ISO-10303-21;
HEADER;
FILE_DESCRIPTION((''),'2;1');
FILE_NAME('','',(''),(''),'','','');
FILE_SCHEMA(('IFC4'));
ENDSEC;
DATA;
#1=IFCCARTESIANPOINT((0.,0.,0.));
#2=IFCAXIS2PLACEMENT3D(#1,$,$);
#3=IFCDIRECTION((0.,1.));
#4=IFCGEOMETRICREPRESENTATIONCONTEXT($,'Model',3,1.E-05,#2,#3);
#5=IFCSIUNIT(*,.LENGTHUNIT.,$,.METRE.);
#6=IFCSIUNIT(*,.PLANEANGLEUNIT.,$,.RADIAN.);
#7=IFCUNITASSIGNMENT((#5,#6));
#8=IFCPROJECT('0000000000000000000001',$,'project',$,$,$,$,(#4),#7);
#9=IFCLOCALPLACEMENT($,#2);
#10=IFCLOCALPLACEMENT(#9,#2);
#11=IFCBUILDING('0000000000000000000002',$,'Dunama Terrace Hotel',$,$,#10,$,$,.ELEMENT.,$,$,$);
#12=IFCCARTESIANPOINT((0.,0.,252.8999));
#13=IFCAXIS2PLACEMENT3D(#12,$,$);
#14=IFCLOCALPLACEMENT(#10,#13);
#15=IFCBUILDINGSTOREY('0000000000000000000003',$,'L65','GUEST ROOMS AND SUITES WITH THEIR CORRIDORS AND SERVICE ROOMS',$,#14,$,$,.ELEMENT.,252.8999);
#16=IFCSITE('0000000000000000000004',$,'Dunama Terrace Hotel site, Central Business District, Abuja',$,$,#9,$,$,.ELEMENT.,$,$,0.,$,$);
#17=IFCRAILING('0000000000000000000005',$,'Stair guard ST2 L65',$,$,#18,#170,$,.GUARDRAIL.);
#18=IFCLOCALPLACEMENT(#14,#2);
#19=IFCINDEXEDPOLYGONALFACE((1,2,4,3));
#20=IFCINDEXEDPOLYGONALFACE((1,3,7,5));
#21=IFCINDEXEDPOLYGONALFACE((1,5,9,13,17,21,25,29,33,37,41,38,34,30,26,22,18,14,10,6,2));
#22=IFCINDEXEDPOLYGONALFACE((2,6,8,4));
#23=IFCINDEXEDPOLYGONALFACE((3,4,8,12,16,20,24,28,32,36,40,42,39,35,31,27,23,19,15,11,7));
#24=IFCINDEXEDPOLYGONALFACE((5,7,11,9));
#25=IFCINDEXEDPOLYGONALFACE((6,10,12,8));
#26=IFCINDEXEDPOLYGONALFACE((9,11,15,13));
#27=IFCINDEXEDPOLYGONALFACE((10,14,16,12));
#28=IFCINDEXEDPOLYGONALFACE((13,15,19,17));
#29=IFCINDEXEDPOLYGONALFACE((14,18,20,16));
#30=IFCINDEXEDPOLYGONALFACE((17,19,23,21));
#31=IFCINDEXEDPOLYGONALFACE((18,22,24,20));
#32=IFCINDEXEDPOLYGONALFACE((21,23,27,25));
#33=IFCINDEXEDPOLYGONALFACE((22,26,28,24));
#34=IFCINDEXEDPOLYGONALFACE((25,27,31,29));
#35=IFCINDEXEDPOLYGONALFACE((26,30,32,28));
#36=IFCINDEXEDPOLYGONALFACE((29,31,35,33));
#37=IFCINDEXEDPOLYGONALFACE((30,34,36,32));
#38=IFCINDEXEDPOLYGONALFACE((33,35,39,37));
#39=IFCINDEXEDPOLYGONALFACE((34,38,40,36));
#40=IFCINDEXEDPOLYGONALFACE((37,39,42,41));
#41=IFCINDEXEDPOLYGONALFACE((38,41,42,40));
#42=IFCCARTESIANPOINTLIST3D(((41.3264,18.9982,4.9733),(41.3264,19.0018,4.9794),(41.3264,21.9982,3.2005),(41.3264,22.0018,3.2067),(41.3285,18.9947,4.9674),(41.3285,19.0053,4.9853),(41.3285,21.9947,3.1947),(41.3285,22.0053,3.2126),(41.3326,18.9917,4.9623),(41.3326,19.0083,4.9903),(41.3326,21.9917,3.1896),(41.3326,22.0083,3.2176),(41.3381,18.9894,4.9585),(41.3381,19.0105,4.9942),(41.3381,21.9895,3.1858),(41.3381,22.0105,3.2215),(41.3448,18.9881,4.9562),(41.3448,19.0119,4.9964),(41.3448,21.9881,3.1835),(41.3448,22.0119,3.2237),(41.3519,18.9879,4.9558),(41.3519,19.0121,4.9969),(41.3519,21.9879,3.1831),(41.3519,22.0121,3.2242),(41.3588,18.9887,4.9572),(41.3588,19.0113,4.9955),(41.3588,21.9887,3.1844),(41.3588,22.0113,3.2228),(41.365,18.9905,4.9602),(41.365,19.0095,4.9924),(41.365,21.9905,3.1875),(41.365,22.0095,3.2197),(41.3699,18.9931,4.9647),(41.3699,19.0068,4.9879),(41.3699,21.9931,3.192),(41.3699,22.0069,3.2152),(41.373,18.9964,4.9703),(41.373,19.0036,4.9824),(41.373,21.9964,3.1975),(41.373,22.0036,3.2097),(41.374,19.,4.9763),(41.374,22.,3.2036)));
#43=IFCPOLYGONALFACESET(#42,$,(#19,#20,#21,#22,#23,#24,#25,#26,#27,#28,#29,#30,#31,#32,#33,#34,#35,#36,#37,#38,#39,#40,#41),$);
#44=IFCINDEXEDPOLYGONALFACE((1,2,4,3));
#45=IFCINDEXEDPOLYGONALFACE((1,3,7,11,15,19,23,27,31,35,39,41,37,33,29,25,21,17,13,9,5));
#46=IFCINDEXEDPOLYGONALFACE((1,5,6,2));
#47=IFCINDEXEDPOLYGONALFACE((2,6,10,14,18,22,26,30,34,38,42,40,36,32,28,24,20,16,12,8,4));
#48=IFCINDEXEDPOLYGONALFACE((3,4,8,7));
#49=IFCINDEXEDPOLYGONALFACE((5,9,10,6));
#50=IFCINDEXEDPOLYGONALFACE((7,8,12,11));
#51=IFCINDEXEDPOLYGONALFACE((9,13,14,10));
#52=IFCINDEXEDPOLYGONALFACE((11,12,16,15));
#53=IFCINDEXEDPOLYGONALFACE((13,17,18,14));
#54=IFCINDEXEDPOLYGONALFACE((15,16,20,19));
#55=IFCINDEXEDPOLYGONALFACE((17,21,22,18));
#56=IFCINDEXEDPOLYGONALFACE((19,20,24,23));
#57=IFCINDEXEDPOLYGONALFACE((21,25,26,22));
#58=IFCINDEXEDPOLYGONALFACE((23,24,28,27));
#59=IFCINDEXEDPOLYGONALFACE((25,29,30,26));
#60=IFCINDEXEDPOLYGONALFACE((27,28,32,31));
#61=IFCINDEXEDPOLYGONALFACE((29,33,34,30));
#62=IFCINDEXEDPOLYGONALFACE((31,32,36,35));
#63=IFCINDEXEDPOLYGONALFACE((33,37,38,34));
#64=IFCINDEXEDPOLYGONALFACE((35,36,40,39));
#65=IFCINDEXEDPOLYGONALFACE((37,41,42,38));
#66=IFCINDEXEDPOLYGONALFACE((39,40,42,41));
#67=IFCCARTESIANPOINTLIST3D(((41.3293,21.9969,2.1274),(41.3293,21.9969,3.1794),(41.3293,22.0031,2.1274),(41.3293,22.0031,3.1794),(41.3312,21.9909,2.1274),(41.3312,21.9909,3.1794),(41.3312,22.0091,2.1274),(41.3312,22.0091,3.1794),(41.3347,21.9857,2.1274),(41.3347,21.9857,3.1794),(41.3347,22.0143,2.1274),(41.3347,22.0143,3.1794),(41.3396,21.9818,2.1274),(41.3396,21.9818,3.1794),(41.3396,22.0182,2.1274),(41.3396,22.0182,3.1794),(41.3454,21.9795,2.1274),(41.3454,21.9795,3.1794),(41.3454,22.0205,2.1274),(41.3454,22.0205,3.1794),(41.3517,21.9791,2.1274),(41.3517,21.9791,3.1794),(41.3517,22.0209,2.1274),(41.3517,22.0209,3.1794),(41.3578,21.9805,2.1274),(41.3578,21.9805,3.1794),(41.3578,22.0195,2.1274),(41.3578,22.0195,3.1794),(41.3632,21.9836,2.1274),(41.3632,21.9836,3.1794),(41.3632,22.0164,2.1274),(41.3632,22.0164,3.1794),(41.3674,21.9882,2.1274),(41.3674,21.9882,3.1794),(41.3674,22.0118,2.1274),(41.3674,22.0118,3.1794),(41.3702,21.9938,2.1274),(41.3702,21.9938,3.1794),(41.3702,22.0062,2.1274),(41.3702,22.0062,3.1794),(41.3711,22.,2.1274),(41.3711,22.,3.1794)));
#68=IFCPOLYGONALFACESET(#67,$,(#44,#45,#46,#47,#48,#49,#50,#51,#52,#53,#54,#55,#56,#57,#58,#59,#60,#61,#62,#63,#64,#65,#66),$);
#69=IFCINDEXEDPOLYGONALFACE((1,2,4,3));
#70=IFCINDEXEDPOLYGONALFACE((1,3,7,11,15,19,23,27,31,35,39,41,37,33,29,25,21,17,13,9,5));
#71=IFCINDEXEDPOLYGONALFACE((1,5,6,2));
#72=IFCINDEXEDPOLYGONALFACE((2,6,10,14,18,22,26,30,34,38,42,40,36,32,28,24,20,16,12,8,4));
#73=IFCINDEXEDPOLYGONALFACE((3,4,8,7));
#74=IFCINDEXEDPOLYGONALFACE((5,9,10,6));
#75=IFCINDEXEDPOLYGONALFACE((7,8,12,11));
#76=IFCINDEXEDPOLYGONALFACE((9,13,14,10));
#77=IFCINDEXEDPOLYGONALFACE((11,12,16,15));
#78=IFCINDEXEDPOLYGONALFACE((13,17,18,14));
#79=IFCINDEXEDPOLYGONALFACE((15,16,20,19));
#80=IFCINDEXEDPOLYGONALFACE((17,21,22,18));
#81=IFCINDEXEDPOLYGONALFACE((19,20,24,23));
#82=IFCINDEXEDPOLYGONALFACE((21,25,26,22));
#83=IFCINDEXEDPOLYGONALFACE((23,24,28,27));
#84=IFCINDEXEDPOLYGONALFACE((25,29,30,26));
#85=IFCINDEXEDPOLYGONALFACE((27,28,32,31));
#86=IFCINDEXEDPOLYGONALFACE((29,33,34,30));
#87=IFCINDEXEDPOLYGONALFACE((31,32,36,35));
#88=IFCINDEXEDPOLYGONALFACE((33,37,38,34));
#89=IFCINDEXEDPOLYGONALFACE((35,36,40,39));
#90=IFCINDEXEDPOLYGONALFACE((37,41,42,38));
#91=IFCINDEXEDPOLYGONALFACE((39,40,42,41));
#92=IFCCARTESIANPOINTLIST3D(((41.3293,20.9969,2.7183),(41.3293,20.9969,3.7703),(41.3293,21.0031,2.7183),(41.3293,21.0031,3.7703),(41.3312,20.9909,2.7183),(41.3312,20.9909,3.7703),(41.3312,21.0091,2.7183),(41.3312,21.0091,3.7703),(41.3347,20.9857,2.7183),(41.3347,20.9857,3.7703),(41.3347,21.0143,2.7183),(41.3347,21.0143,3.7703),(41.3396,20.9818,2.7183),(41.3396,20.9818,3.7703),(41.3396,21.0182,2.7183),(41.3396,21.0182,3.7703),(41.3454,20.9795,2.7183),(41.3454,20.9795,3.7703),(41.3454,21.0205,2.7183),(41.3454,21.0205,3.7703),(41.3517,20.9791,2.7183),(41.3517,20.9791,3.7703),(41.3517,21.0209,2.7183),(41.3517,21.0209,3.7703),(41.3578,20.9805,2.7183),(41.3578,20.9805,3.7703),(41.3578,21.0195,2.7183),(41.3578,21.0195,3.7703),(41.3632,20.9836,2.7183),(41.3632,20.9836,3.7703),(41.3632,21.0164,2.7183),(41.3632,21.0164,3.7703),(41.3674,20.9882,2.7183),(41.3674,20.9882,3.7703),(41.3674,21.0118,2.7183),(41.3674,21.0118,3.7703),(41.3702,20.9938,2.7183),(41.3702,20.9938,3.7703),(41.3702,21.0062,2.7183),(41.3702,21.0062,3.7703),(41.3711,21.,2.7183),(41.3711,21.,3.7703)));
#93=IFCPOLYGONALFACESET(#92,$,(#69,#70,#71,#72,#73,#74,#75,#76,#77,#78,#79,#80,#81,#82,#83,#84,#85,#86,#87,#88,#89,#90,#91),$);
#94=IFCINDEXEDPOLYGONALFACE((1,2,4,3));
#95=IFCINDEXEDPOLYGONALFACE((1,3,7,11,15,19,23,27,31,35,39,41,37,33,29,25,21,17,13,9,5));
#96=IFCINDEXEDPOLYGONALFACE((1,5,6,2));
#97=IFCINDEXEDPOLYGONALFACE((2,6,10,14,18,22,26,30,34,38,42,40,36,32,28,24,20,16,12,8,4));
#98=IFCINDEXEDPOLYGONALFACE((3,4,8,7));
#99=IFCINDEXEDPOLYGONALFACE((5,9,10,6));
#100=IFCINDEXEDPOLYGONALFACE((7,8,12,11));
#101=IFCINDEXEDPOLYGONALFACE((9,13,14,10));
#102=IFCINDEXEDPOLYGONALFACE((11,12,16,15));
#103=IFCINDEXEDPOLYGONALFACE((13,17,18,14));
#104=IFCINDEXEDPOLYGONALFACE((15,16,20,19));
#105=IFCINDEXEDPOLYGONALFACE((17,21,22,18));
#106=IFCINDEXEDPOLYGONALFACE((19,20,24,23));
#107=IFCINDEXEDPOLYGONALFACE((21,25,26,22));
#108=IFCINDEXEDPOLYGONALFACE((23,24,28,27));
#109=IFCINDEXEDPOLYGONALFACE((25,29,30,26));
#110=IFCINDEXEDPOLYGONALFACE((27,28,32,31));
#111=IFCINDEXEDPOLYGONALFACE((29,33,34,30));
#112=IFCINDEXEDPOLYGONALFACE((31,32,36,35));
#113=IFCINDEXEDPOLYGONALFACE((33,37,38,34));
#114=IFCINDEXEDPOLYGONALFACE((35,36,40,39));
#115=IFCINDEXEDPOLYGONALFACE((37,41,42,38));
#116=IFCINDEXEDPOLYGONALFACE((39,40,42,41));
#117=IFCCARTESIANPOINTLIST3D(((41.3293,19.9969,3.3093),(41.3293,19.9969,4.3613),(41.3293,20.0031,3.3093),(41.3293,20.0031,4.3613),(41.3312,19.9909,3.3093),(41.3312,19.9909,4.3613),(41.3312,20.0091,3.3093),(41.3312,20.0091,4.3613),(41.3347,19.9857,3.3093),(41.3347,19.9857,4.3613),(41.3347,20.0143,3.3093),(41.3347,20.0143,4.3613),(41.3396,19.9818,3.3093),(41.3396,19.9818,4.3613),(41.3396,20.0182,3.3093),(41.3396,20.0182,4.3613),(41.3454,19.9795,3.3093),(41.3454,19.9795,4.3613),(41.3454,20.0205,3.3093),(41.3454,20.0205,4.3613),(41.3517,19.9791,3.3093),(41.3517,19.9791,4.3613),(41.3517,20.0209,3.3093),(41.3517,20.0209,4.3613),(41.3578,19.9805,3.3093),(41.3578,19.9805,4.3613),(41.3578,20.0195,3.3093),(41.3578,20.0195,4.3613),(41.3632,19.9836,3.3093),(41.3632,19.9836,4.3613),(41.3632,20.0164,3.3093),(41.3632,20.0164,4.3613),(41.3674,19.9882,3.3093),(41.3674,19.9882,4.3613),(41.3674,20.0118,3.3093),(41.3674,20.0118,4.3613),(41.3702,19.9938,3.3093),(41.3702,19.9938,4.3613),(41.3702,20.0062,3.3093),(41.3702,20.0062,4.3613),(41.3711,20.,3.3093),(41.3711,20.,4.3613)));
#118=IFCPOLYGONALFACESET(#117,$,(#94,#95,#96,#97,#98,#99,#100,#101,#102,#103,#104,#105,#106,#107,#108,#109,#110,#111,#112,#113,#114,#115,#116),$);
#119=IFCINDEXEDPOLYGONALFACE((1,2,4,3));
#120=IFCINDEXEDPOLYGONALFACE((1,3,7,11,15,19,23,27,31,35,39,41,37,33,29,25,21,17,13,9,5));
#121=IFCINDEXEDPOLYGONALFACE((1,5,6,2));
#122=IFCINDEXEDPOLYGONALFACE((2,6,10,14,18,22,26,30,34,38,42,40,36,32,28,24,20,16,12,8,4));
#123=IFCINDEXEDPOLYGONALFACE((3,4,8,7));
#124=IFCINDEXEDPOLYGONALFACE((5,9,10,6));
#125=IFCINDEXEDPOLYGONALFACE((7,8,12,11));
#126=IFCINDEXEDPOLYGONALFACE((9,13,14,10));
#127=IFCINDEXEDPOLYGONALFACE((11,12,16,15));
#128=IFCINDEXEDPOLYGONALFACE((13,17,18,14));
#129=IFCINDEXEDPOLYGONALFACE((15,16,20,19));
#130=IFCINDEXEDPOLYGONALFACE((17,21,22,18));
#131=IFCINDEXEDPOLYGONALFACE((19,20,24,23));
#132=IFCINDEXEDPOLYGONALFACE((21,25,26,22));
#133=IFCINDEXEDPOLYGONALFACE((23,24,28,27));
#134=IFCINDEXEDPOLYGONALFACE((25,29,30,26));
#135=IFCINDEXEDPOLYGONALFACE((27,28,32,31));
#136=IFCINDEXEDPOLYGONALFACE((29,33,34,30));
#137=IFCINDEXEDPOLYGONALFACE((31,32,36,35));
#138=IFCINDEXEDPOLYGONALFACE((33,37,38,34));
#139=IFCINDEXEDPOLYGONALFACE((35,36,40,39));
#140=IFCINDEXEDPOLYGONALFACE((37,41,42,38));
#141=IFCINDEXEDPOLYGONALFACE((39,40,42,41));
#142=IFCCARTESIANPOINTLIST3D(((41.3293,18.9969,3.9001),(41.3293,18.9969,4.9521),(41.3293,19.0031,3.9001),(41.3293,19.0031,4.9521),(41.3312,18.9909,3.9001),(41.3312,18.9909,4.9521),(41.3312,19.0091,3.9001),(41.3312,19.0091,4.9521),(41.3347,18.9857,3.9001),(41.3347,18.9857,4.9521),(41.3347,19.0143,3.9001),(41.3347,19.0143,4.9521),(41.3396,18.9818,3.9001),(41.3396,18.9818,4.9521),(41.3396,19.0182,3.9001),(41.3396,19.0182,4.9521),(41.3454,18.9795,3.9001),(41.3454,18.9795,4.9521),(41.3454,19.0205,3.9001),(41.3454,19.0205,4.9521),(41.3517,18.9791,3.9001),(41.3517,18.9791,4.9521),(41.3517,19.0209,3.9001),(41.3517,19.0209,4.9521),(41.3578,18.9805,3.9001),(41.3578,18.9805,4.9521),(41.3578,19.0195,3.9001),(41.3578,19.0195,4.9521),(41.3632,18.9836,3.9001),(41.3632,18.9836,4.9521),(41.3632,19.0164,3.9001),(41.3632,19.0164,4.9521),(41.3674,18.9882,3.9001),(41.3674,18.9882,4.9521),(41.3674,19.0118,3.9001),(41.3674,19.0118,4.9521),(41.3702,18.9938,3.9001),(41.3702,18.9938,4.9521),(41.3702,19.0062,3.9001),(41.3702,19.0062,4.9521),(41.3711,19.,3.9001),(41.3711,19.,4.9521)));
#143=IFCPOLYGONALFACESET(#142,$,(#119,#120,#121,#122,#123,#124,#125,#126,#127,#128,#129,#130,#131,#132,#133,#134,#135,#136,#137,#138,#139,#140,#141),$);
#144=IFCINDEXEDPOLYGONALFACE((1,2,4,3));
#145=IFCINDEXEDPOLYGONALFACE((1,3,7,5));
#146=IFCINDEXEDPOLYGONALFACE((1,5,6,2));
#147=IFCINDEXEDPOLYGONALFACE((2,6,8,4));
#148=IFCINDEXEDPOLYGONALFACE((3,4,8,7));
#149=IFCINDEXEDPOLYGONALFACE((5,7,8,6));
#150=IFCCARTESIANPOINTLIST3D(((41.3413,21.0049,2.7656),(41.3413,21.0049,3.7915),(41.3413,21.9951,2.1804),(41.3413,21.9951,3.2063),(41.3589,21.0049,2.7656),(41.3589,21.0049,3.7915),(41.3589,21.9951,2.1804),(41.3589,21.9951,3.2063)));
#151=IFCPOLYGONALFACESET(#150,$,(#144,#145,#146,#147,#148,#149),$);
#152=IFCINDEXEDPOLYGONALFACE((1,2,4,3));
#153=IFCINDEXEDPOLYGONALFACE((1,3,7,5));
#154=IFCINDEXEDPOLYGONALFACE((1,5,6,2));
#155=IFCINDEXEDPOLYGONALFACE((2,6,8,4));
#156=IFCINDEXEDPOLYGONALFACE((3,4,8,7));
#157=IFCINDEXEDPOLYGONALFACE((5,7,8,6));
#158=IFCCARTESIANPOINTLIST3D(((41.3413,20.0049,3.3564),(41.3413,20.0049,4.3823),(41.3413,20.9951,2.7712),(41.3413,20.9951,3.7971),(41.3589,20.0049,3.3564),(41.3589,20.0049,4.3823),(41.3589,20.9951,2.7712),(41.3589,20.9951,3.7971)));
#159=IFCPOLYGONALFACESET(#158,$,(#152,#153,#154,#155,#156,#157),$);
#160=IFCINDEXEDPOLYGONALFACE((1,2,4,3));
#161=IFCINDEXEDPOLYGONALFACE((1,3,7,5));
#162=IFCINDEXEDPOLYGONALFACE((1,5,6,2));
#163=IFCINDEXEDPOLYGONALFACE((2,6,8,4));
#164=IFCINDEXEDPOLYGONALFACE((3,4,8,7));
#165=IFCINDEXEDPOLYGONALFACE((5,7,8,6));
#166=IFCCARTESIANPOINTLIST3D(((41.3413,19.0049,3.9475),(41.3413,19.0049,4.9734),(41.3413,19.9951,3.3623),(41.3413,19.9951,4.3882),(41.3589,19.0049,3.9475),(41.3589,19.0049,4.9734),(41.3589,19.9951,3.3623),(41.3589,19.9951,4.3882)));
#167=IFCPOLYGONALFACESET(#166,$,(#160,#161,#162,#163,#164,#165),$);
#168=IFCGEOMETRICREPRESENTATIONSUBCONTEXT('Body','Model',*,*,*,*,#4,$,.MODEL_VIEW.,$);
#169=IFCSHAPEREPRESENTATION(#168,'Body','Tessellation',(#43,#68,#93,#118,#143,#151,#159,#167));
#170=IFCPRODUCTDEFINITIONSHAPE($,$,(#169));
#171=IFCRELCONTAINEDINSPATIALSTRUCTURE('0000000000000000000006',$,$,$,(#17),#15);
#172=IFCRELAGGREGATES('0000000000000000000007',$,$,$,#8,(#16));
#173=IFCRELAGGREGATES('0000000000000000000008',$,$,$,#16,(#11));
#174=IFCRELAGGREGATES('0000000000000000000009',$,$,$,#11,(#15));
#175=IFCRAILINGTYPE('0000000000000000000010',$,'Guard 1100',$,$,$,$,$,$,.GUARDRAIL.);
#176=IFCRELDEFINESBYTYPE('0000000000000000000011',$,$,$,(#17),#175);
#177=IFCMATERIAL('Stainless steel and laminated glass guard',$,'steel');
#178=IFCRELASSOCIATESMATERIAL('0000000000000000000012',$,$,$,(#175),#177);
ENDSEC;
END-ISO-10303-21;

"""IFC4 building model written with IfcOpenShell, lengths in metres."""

from ifc_helpers import new_model, si_unit, direction, frame, origin, origin_2d, place, context, subcontext, project, spatial, polyline, circle, outline, extrude, material, type_object, element, save


model = new_model("IFC4")

# Units and contexts
model_context = context("Model", 3, precision=1e-05, world=origin(), true_north=direction((0.0, 1.0)))
body_context = subcontext(model_context, "Body", "Model", "MODEL_VIEW")
ifc_project = project(units=[si_unit("LENGTHUNIT", "METRE"), si_unit("PLANEANGLEUNIT", "RADIAN")], contexts=[model_context])

# Site, building, storey
site_placement = place(None, origin())
site = spatial("IfcSite", under=ifc_project, at=site_placement, Name="Dunama Terrace Hotel site, Central Business District, Abuja", CompositionType="ELEMENT", RefElevation=0.0)
building_placement = place(site_placement, origin())
building = spatial("IfcBuilding", under=site, at=building_placement, Name="Dunama Terrace Hotel", CompositionType="ELEMENT")
storey_placement = place(building_placement, frame((0.0, 0.0, 252.8999)))
storey = spatial("IfcBuildingStorey", under=building, at=storey_placement, Name="L65", Description="GUEST ROOMS AND SUITES WITH THEIR CORRIDORS AND SERVICE ROOMS", CompositionType="ELEMENT", Elevation=252.8999)

# Railing
ifc_material_1 = material(Name="Stainless steel and laminated glass guard", Category="steel")
railing_type_1 = type_object("IfcRailingType", Name="Guard 1100", PredefinedType="GUARDRAIL", material=ifc_material_1)
railing_1_placement = place(storey_placement, frame((41.3501, 22.0, 2.1274)))
element("IfcRailing", 1, at=railing_1_placement, inside=storey, type_object=railing_type_1, Name="Stair guard ST2 L65", PredefinedType="GUARDRAIL", context=body_context, shape_type="SweptSolid", body=[
    extrude(circle(Radius=0.0239, at=origin_2d()), frame((0.0, 0.0, 1.0762), z_axis=(0.0, -0.860929, 0.508725), x_axis=(1.0, 0.0, 0.0)), (0.0, 0.0, 1.0), 3.4846),
    extrude(circle(Radius=0.021, at=origin_2d()), origin(), (0.0, 0.0, 1.0), 1.052),
    extrude(circle(Radius=0.021, at=origin_2d()), frame((0.0, -1.0, 0.5908)), (0.0, 0.0, 1.0), 1.052),
    extrude(circle(Radius=0.021, at=origin_2d()), frame((0.0, -2.0, 1.1819)), (0.0, 0.0, 1.0), 1.052),
    extrude(circle(Radius=0.021, at=origin_2d()), frame((0.0, -3.0, 1.7727)), (0.0, 0.0, 1.0), 1.052),
    extrude(outline(polyline([(0.0049, 0.053), (0.9951, 0.6382), (0.9951, 1.6641), (0.0049, 1.0789), (0.0049, 0.053)])), frame((0.0088, 0.0, 0.0), z_axis=(-1.0, 0.0, 0.0), x_axis=(0.0, -1.0, 0.0)), (0.0, 0.0, 1.0), 0.0176),
    extrude(outline(polyline([(0.0049, 0.053), (0.9951, 0.6382), (0.9951, 1.6641), (0.0049, 1.0789), (0.0049, 0.053)])), frame((0.0088, -1.0, 0.5908), z_axis=(-1.0, 0.0, 0.0), x_axis=(0.0, -1.0, 0.0)), (0.0, 0.0, 1.0), 0.0176),
    extrude(outline(polyline([(0.0049, 0.053), (0.9951, 0.6382), (0.9951, 1.6641), (0.0049, 1.0789), (0.0049, 0.053)])), frame((0.0088, -2.0, 1.1819), z_axis=(-1.0, 0.0, 0.0), x_axis=(0.0, -1.0, 0.0)), (0.0, 0.0, 1.0), 0.0176),
])

save(model, "model.ifc")
